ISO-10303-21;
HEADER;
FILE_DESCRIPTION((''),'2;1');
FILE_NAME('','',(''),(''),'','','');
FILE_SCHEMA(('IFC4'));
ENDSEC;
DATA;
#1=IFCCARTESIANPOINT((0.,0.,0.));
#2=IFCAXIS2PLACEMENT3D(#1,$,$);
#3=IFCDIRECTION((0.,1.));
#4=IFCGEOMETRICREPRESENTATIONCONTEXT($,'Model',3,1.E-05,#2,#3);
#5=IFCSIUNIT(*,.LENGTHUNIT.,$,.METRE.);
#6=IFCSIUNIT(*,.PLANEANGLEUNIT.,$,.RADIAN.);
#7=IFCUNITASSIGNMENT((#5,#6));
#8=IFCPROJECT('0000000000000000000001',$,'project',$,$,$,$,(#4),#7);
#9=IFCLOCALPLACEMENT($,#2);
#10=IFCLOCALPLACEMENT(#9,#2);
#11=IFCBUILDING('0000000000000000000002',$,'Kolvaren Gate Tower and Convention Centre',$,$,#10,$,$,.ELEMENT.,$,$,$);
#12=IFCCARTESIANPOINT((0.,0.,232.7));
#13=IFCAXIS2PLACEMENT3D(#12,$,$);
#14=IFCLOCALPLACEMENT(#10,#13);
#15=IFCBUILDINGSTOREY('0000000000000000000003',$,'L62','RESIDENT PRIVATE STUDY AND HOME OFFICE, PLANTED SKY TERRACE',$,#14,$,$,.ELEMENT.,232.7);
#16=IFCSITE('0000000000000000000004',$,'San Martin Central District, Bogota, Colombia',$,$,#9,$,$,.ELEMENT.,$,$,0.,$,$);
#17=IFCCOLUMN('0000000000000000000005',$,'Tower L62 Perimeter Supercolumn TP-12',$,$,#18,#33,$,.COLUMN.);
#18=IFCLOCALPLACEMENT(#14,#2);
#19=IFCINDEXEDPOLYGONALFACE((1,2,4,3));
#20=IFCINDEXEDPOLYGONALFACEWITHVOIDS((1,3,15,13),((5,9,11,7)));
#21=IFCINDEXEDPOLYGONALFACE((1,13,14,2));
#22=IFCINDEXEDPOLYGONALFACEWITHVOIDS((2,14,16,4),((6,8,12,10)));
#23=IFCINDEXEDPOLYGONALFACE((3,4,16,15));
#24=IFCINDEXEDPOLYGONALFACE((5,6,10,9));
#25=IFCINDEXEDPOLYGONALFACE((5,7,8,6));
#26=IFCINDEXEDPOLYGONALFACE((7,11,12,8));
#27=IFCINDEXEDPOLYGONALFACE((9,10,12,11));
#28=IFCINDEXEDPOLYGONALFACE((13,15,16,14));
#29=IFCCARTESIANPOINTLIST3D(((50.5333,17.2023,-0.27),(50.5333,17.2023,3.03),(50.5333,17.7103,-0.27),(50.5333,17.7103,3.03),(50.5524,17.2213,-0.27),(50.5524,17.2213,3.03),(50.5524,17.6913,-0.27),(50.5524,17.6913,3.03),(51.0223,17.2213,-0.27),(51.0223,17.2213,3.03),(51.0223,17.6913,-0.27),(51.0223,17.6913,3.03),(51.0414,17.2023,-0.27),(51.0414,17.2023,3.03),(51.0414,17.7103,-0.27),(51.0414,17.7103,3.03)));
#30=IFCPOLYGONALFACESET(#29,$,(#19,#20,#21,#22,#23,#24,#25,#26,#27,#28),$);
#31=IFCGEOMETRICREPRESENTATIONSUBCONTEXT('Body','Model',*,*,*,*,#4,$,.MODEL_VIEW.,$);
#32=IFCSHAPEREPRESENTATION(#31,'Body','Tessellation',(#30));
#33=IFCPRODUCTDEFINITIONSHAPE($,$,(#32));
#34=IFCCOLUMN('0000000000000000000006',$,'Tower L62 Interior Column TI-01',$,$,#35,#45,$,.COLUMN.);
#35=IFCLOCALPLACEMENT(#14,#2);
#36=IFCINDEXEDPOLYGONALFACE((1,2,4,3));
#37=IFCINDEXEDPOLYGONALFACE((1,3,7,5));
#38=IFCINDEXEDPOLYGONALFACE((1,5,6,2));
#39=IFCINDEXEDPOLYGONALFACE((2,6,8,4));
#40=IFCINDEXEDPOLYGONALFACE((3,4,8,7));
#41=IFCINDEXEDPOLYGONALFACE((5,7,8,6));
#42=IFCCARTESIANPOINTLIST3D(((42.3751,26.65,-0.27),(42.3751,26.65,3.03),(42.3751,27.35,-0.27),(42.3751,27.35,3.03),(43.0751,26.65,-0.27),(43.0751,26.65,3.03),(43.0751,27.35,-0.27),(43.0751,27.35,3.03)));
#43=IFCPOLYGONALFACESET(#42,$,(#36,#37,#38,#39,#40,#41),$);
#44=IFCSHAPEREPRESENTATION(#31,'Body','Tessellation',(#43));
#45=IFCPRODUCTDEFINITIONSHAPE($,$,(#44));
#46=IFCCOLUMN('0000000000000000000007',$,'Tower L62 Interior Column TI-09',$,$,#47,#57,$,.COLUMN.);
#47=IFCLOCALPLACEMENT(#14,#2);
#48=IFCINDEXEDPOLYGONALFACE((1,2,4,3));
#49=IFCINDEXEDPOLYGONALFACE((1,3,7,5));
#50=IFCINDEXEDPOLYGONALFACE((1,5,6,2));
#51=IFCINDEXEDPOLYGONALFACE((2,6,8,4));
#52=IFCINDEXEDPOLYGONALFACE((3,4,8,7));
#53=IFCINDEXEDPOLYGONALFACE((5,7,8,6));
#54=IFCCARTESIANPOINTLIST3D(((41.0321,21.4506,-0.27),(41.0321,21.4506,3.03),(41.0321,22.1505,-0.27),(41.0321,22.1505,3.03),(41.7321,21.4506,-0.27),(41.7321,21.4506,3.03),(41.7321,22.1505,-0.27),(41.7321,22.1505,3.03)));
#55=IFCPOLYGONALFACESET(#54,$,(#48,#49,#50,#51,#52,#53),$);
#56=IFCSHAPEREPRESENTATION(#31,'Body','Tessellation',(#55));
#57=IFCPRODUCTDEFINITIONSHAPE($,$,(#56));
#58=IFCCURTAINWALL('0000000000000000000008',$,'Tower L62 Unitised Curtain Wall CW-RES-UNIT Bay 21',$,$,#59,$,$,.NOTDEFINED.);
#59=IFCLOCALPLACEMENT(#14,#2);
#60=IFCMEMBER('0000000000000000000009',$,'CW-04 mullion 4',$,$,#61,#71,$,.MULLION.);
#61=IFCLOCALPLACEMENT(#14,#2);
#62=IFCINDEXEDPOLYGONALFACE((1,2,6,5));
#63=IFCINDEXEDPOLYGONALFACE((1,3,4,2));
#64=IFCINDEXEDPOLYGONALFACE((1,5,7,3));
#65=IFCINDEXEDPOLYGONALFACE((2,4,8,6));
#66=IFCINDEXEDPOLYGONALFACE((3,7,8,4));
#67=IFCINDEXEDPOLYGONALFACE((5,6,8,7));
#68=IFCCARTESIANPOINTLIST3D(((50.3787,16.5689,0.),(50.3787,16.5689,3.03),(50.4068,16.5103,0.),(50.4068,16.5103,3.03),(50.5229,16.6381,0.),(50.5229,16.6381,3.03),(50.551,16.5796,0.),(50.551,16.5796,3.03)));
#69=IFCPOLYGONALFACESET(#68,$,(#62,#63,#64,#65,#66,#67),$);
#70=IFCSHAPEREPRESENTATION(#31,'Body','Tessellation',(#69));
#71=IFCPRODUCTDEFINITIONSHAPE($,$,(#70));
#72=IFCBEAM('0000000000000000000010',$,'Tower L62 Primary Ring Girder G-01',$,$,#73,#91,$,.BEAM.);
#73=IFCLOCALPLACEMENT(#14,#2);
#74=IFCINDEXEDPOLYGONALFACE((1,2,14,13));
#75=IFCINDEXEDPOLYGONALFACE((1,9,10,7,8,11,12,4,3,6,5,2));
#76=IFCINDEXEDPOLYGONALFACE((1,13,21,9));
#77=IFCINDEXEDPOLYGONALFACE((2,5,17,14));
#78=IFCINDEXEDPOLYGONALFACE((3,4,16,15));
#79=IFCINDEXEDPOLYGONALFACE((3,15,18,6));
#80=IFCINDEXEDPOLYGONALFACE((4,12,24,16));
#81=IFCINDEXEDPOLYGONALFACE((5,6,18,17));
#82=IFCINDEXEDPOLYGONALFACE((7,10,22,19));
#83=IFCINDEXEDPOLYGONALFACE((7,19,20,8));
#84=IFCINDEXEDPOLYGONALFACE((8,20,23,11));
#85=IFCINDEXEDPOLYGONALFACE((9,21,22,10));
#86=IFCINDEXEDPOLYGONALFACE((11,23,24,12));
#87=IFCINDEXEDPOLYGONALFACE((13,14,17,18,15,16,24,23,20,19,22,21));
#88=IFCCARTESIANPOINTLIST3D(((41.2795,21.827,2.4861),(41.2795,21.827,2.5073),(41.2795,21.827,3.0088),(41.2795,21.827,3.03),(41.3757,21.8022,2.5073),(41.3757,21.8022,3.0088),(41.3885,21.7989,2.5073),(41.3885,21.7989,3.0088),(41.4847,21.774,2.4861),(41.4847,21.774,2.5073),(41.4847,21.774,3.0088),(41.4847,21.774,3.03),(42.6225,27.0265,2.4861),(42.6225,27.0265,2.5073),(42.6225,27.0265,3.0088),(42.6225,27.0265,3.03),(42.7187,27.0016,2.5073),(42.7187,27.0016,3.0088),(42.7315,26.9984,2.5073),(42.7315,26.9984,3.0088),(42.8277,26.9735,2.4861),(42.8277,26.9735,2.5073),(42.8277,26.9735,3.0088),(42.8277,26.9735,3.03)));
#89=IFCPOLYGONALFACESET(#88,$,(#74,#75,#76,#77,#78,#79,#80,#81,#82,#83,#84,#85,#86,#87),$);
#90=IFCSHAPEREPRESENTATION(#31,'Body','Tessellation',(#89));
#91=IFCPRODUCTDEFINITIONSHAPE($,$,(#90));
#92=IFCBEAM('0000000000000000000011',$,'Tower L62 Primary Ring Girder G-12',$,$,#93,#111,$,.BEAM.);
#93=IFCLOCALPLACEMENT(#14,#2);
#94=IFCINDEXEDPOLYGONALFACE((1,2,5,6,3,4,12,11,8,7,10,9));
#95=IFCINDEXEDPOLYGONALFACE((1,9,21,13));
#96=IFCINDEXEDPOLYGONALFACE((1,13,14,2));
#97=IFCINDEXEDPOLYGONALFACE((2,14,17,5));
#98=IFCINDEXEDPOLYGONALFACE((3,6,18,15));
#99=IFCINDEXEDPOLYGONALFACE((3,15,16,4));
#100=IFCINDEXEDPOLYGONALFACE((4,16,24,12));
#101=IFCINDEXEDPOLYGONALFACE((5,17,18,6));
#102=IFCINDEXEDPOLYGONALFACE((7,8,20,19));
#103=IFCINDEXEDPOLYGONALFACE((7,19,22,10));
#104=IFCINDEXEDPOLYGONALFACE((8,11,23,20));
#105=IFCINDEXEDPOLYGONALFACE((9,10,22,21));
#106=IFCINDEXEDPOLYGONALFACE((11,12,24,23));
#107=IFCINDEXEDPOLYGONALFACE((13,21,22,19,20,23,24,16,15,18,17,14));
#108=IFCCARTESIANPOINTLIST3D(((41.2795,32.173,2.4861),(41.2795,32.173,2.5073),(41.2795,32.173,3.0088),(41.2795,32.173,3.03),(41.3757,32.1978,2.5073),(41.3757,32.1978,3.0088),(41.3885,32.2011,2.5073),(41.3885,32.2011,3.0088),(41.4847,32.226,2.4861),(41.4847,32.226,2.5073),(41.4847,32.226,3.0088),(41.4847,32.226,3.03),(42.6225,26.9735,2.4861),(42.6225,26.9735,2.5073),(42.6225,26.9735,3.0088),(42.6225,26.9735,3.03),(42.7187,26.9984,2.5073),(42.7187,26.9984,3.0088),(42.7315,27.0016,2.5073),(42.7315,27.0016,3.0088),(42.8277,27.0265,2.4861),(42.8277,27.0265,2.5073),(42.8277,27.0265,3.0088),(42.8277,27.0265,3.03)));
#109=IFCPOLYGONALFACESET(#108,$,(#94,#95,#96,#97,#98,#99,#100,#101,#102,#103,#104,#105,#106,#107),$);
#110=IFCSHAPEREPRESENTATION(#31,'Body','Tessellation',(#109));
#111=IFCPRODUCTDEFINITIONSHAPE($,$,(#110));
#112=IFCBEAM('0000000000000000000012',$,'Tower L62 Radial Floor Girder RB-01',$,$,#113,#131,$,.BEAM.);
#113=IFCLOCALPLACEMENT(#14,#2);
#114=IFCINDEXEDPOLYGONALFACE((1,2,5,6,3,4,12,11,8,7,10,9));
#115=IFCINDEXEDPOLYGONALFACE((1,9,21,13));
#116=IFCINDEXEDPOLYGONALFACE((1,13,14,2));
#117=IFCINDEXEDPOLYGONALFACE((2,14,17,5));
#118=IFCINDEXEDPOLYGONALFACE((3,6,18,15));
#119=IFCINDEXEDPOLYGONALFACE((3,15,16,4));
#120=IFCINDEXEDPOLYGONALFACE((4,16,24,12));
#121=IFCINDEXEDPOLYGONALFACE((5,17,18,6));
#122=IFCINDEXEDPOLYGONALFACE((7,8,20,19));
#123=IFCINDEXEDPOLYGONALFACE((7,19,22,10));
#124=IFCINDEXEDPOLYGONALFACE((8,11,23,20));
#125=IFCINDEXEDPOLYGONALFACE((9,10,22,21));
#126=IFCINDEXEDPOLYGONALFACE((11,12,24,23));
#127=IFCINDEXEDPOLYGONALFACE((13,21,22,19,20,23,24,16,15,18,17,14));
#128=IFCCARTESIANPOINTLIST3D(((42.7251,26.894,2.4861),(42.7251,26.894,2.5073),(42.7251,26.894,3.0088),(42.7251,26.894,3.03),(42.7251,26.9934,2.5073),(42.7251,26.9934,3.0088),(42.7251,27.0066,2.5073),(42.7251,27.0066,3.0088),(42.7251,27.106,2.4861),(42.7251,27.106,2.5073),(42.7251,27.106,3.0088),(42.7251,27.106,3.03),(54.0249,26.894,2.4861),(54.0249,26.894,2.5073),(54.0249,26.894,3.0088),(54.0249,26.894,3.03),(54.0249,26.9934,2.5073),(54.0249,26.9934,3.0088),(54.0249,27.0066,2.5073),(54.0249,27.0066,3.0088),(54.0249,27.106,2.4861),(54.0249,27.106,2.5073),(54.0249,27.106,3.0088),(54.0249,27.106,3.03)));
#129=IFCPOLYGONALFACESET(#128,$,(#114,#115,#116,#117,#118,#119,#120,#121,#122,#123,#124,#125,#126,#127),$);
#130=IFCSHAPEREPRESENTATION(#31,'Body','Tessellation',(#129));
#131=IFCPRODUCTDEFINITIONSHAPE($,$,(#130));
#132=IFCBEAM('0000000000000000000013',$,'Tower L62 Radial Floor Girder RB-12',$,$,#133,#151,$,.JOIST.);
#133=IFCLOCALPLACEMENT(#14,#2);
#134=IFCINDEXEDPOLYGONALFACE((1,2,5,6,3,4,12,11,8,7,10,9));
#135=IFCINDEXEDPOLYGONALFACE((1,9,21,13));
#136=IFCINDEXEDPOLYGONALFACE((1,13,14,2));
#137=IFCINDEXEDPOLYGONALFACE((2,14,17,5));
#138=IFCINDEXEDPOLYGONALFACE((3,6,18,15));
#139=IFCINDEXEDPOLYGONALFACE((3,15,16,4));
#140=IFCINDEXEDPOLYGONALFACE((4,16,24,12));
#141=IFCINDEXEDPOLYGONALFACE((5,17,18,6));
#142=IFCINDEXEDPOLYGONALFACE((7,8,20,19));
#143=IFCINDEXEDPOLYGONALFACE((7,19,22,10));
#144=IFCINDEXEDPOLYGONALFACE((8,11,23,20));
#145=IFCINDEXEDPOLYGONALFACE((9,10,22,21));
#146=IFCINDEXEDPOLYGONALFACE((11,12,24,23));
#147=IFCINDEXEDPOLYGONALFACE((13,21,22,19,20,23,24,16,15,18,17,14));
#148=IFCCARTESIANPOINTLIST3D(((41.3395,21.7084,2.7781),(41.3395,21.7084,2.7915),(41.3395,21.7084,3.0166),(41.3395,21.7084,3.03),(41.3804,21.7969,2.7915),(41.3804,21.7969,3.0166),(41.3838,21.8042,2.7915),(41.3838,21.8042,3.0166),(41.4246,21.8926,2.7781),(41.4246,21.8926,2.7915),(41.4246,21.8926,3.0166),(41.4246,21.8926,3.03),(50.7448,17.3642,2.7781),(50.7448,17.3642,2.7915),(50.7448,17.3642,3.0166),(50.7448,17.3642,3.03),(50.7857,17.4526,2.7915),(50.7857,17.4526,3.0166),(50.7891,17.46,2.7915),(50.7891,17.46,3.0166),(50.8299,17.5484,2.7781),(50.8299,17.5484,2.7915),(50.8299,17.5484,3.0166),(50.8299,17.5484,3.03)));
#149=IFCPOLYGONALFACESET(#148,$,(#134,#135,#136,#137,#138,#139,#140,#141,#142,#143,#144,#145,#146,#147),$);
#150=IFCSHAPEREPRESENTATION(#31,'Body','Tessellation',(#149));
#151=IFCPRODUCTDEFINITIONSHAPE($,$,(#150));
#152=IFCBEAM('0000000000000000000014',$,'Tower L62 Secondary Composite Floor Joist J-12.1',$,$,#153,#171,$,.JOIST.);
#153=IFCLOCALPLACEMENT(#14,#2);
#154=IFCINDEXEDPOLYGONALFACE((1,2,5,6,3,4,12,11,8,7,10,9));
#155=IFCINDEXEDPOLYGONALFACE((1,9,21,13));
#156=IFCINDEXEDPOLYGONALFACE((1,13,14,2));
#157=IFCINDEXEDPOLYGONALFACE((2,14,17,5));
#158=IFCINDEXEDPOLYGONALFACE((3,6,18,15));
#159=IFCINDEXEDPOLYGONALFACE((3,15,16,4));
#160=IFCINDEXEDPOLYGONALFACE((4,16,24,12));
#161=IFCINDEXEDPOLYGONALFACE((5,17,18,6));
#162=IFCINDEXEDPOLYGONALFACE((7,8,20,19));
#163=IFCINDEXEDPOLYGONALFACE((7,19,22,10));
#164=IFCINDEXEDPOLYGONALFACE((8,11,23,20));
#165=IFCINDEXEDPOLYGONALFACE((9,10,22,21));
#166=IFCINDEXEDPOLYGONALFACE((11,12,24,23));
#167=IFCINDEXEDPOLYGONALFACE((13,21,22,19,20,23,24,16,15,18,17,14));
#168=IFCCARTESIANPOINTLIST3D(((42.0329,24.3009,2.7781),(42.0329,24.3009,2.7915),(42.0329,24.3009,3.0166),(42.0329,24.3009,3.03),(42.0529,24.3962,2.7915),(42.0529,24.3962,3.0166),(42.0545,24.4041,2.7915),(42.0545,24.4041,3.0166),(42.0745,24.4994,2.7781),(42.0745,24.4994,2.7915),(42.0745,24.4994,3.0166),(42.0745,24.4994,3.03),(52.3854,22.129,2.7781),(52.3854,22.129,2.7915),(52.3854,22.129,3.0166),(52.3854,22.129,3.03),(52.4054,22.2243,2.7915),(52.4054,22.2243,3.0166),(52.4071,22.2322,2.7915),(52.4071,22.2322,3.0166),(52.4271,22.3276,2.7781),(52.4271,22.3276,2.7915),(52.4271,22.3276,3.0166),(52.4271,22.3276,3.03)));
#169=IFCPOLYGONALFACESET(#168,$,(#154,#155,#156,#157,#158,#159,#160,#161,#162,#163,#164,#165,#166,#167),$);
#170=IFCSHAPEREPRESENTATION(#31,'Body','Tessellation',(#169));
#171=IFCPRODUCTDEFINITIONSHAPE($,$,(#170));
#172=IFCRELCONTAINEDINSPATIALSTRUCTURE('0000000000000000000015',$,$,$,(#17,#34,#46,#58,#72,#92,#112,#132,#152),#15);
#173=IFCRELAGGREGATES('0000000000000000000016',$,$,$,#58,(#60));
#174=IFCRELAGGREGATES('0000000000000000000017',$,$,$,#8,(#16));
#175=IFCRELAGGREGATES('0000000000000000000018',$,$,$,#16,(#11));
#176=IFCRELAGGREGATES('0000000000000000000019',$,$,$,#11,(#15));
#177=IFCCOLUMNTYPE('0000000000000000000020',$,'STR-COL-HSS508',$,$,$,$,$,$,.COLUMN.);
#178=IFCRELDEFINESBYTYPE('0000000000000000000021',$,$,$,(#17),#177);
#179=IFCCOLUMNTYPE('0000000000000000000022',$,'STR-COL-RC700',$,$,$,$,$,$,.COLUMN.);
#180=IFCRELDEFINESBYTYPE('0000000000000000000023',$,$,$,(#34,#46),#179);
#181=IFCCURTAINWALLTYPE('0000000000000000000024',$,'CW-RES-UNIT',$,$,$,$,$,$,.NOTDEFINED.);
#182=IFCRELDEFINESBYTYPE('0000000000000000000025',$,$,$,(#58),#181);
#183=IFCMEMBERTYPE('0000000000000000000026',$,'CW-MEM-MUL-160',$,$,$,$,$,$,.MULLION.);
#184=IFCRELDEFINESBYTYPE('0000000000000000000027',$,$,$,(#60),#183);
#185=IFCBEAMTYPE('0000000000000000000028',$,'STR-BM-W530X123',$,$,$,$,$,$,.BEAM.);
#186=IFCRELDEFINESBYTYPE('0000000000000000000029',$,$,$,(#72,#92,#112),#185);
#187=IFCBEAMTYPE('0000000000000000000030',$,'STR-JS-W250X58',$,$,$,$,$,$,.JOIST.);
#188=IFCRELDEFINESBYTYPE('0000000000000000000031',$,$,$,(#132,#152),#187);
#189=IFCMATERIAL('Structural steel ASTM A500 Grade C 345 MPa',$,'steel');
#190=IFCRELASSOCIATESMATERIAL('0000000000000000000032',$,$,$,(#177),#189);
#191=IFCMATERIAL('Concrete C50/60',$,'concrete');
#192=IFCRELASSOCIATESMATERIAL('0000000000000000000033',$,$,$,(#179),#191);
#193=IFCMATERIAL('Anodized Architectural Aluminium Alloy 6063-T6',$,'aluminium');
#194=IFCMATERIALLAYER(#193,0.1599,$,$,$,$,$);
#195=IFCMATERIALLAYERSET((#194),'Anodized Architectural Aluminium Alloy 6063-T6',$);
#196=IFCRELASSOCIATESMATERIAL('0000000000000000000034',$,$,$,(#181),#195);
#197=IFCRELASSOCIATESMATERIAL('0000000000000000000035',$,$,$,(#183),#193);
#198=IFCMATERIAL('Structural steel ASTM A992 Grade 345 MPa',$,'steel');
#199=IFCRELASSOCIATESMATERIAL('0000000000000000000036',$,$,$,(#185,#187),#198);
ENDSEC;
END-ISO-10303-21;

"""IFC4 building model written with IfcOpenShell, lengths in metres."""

from ifc_helpers import new_model, si_unit, direction, frame, origin, origin_2d, place, context, subcontext, project, spatial, rectangle, hollow_rectangle, i_section, extrude, material, layer, layer_set, material_profile, profile_set, type_object, element, aggregate, save


model = new_model("IFC4")

# Units and contexts
model_context = context("Model", 3, precision=1e-05, world=origin(), true_north=direction((0.0, 1.0)))
body_context = subcontext(model_context, "Body", "Model", "MODEL_VIEW")
ifc_project = project(units=[si_unit("LENGTHUNIT", "METRE"), si_unit("PLANEANGLEUNIT", "RADIAN")], contexts=[model_context])

# Site, building, storey
site_placement = place(None, origin())
site = spatial("IfcSite", under=ifc_project, at=site_placement, Name="San Martin Central District, Bogota, Colombia", CompositionType="ELEMENT", RefElevation=0.0)
building_placement = place(site_placement, origin())
building = spatial("IfcBuilding", under=site, at=building_placement, Name="Kolvaren Gate Tower and Convention Centre", CompositionType="ELEMENT")
storey_placement = place(building_placement, frame((0.0, 0.0, 232.7)))
storey = spatial("IfcBuildingStorey", under=building, at=storey_placement, Name="L62", Description="RESIDENT PRIVATE STUDY AND HOME OFFICE, PLANTED SKY TERRACE", CompositionType="ELEMENT", Elevation=232.7)

# Columns
ifc_material_1 = material(Name="Structural steel ASTM A500 Grade C 345 MPa", Category="steel")
ifc_material_profile_1 = material_profile(ifc_material_1, hollow_rectangle(XDim=0.5081, YDim=0.5081, WallThickness=0.019, at=origin_2d()), Name="HSS508X508X19.1")
ifc_profile_set_1 = profile_set([ifc_material_profile_1], Name="Structural steel ASTM A500 Grade C 345 MPa")
column_type_1 = type_object("IfcColumnType", Name="STR-COL-HSS508", PredefinedType="COLUMN", material=ifc_profile_set_1)
column_placement = place(storey_placement, frame((50.7874, 17.4563, -0.27), z_axis=(0.0, 0.0, 1.0), x_axis=(1.0, 0.0, 0.0)))
element("IfcColumn", 1, at=column_placement, inside=storey, type_object=column_type_1, Name="Tower L62 Perimeter Supercolumn TP-12", PredefinedType="COLUMN", context=body_context, shape_type="SweptSolid", body=[
    extrude(hollow_rectangle(XDim=0.5081, YDim=0.5081, WallThickness=0.019, at=origin_2d()), origin(), (0.0, 0.0, 1.0), 3.3),
])
ifc_material_2 = material(Name="Concrete C50/60", Category="concrete")
ifc_material_profile_2 = material_profile(ifc_material_2, rectangle(XDim=0.7, YDim=0.7, at=origin_2d()), Name="RC-COL-700X700")
ifc_profile_set_2 = profile_set([ifc_material_profile_2], Name="Concrete C50/60")
column_type_2 = type_object("IfcColumnType", Name="STR-COL-RC700", PredefinedType="COLUMN", material=ifc_profile_set_2)
for number, where, z_axis, x_axis, name in (
    (2, (42.7251, 27.0, -0.27), (0.0, 0.0, 1.0), (1.0, 0.0, 0.0), "Tower L62 Interior Column TI-01"),
    (3, (41.3821, 21.8005, -0.27), (0.0, 0.0, 1.0), (1.0, 0.0, 0.0), "Tower L62 Interior Column TI-09"),
):
    element("IfcColumn", number, at=place(storey_placement, frame(where, z_axis=z_axis, x_axis=x_axis)), inside=storey, type_object=column_type_2, Name=name, PredefinedType="COLUMN", context=body_context, shape_type="SweptSolid", body=[
        extrude(rectangle(XDim=0.7, YDim=0.7, at=origin_2d()), origin(), (0.0, 0.0, 1.0), 3.3),
    ])

# Curtain wall, member
ifc_material_3 = material(Name="Anodized Architectural Aluminium Alloy 6063-T6", Category="aluminium")
ifc_layer_1 = layer(ifc_material_3, 0.1599)
ifc_layer_set_1 = layer_set([ifc_layer_1], Name="Anodized Architectural Aluminium Alloy 6063-T6")
curtain_wall_type = type_object("IfcCurtainWallType", Name="CW-RES-UNIT", PredefinedType="NOTDEFINED", material=ifc_layer_set_1)
curtain_wall_placement = place(storey_placement, origin())
curtain_wall = element("IfcCurtainWall", 4, at=curtain_wall_placement, inside=storey, type_object=curtain_wall_type, Name="Tower L62 Unitised Curtain Wall CW-RES-UNIT Bay 21", PredefinedType="NOTDEFINED")
ifc_material_profile_3 = material_profile(ifc_material_3, rectangle(XDim=0.0649, YDim=0.1599, at=origin_2d()), Name="CW-MEM-MUL-160")
ifc_profile_set_3 = profile_set([ifc_material_profile_3], Name="Anodized Architectural Aluminium Alloy 6063-T6")
member_type = type_object("IfcMemberType", Name="CW-MEM-MUL-160", PredefinedType="MULLION", material=ifc_profile_set_3)
member_placement = place(storey_placement, frame((50.4648, 16.5742, 0.0), z_axis=(0.0, 0.0, 1.0), x_axis=(-0.433064, 0.901363, 0.0)))
member = element("IfcMember", 5, at=member_placement, type_object=member_type, Name="CW-04 mullion 4", PredefinedType="MULLION", context=body_context, shape_type="SweptSolid", body=[
    extrude(rectangle(XDim=0.0649, YDim=0.1599, at=origin_2d()), origin(), (0.0, 0.0, 1.0), 3.03),
])

# Beams
ifc_material_4 = material(Name="Structural steel ASTM A992 Grade 345 MPa", Category="steel")
ifc_material_profile_4 = material_profile(ifc_material_4, i_section(OverallWidth=0.2119, OverallDepth=0.5439, WebThickness=0.0132, FlangeThickness=0.0212, at=origin_2d()), Name="W530X123")
ifc_profile_set_4 = profile_set([ifc_material_profile_4], Name="Structural steel ASTM A992 Grade 345 MPa")
beam_type_1 = type_object("IfcBeamType", Name="STR-BM-W530X123", PredefinedType="BEAM", material=ifc_profile_set_4)
for number, where, z_axis, x_axis, name in (
    (6, (42.7251, 27.0, 2.7581), (-0.250091, -0.968222, 0.0), (0.968222, -0.250091, 0.0), "Tower L62 Primary Ring Girder G-01"),
    (7, (42.7251, 27.0, 2.7581), (-0.250091, 0.968222, 0.0), (-0.968222, -0.250091, 0.0), "Tower L62 Primary Ring Girder G-12"),
):
    element("IfcBeam", number, at=place(storey_placement, frame(where, z_axis=z_axis, x_axis=x_axis)), inside=storey, type_object=beam_type_1, Name=name, PredefinedType="BEAM", context=body_context, shape_type="SweptSolid", body=[
        extrude(i_section(OverallWidth=0.2119, OverallDepth=0.5439, WebThickness=0.0132, FlangeThickness=0.0212, at=origin_2d()), origin(), (0.0, 0.0, 1.0), 5.3701),
    ])
beam_1_placement = place(storey_placement, frame((42.7251, 27.0, 2.7581), z_axis=(1.0, 0.0, 0.0), x_axis=(0.0, 1.0, 0.0)))
element("IfcBeam", 8, at=beam_1_placement, inside=storey, type_object=beam_type_1, Name="Tower L62 Radial Floor Girder RB-01", PredefinedType="BEAM", context=body_context, shape_type="SweptSolid", body=[
    extrude(i_section(OverallWidth=0.2119, OverallDepth=0.5439, WebThickness=0.0132, FlangeThickness=0.0212, at=origin_2d()), origin(), (0.0, 0.0, 1.0), 11.2998),
])
ifc_material_profile_5 = material_profile(ifc_material_4, i_section(OverallWidth=0.2029, OverallDepth=0.252, WebThickness=0.0081, FlangeThickness=0.0134, at=origin_2d()), Name="W250X58")
ifc_profile_set_5 = profile_set([ifc_material_profile_5], Name="Structural steel ASTM A992 Grade 345 MPa")
beam_type_2 = type_object("IfcBeamType", Name="STR-JS-W250X58", PredefinedType="JOIST", material=ifc_profile_set_5)
beam_2_placement = place(storey_placement, frame((41.3821, 21.8005, 2.9041), z_axis=(0.907837, -0.419324, 0.0), x_axis=(0.419324, 0.907837, 0.0)))
element("IfcBeam", 9, at=beam_2_placement, inside=storey, type_object=beam_type_2, Name="Tower L62 Radial Floor Girder RB-12", PredefinedType="JOIST", context=body_context, shape_type="SweptSolid", body=[
    extrude(i_section(OverallWidth=0.2029, OverallDepth=0.252, WebThickness=0.0081, FlangeThickness=0.0134, at=origin_2d()), origin(), (0.0, 0.0, 1.0), 10.3601),
])
beam_3_placement = place(storey_placement, frame((42.0537, 24.4001, 2.9041), z_axis=(0.978695, -0.205322, 0.0), x_axis=(0.205322, 0.978695, 0.0)))
element("IfcBeam", 10, at=beam_3_placement, inside=storey, type_object=beam_type_2, Name="Tower L62 Secondary Composite Floor Joist J-12.1", PredefinedType="JOIST", context=body_context, shape_type="SweptSolid", body=[
    extrude(i_section(OverallWidth=0.2029, OverallDepth=0.252, WebThickness=0.0081, FlangeThickness=0.0134, at=origin_2d()), origin(), (0.0, 0.0, 1.0), 10.5779),
])

aggregate(curtain_wall, [member])

save(model, "model.ifc")
